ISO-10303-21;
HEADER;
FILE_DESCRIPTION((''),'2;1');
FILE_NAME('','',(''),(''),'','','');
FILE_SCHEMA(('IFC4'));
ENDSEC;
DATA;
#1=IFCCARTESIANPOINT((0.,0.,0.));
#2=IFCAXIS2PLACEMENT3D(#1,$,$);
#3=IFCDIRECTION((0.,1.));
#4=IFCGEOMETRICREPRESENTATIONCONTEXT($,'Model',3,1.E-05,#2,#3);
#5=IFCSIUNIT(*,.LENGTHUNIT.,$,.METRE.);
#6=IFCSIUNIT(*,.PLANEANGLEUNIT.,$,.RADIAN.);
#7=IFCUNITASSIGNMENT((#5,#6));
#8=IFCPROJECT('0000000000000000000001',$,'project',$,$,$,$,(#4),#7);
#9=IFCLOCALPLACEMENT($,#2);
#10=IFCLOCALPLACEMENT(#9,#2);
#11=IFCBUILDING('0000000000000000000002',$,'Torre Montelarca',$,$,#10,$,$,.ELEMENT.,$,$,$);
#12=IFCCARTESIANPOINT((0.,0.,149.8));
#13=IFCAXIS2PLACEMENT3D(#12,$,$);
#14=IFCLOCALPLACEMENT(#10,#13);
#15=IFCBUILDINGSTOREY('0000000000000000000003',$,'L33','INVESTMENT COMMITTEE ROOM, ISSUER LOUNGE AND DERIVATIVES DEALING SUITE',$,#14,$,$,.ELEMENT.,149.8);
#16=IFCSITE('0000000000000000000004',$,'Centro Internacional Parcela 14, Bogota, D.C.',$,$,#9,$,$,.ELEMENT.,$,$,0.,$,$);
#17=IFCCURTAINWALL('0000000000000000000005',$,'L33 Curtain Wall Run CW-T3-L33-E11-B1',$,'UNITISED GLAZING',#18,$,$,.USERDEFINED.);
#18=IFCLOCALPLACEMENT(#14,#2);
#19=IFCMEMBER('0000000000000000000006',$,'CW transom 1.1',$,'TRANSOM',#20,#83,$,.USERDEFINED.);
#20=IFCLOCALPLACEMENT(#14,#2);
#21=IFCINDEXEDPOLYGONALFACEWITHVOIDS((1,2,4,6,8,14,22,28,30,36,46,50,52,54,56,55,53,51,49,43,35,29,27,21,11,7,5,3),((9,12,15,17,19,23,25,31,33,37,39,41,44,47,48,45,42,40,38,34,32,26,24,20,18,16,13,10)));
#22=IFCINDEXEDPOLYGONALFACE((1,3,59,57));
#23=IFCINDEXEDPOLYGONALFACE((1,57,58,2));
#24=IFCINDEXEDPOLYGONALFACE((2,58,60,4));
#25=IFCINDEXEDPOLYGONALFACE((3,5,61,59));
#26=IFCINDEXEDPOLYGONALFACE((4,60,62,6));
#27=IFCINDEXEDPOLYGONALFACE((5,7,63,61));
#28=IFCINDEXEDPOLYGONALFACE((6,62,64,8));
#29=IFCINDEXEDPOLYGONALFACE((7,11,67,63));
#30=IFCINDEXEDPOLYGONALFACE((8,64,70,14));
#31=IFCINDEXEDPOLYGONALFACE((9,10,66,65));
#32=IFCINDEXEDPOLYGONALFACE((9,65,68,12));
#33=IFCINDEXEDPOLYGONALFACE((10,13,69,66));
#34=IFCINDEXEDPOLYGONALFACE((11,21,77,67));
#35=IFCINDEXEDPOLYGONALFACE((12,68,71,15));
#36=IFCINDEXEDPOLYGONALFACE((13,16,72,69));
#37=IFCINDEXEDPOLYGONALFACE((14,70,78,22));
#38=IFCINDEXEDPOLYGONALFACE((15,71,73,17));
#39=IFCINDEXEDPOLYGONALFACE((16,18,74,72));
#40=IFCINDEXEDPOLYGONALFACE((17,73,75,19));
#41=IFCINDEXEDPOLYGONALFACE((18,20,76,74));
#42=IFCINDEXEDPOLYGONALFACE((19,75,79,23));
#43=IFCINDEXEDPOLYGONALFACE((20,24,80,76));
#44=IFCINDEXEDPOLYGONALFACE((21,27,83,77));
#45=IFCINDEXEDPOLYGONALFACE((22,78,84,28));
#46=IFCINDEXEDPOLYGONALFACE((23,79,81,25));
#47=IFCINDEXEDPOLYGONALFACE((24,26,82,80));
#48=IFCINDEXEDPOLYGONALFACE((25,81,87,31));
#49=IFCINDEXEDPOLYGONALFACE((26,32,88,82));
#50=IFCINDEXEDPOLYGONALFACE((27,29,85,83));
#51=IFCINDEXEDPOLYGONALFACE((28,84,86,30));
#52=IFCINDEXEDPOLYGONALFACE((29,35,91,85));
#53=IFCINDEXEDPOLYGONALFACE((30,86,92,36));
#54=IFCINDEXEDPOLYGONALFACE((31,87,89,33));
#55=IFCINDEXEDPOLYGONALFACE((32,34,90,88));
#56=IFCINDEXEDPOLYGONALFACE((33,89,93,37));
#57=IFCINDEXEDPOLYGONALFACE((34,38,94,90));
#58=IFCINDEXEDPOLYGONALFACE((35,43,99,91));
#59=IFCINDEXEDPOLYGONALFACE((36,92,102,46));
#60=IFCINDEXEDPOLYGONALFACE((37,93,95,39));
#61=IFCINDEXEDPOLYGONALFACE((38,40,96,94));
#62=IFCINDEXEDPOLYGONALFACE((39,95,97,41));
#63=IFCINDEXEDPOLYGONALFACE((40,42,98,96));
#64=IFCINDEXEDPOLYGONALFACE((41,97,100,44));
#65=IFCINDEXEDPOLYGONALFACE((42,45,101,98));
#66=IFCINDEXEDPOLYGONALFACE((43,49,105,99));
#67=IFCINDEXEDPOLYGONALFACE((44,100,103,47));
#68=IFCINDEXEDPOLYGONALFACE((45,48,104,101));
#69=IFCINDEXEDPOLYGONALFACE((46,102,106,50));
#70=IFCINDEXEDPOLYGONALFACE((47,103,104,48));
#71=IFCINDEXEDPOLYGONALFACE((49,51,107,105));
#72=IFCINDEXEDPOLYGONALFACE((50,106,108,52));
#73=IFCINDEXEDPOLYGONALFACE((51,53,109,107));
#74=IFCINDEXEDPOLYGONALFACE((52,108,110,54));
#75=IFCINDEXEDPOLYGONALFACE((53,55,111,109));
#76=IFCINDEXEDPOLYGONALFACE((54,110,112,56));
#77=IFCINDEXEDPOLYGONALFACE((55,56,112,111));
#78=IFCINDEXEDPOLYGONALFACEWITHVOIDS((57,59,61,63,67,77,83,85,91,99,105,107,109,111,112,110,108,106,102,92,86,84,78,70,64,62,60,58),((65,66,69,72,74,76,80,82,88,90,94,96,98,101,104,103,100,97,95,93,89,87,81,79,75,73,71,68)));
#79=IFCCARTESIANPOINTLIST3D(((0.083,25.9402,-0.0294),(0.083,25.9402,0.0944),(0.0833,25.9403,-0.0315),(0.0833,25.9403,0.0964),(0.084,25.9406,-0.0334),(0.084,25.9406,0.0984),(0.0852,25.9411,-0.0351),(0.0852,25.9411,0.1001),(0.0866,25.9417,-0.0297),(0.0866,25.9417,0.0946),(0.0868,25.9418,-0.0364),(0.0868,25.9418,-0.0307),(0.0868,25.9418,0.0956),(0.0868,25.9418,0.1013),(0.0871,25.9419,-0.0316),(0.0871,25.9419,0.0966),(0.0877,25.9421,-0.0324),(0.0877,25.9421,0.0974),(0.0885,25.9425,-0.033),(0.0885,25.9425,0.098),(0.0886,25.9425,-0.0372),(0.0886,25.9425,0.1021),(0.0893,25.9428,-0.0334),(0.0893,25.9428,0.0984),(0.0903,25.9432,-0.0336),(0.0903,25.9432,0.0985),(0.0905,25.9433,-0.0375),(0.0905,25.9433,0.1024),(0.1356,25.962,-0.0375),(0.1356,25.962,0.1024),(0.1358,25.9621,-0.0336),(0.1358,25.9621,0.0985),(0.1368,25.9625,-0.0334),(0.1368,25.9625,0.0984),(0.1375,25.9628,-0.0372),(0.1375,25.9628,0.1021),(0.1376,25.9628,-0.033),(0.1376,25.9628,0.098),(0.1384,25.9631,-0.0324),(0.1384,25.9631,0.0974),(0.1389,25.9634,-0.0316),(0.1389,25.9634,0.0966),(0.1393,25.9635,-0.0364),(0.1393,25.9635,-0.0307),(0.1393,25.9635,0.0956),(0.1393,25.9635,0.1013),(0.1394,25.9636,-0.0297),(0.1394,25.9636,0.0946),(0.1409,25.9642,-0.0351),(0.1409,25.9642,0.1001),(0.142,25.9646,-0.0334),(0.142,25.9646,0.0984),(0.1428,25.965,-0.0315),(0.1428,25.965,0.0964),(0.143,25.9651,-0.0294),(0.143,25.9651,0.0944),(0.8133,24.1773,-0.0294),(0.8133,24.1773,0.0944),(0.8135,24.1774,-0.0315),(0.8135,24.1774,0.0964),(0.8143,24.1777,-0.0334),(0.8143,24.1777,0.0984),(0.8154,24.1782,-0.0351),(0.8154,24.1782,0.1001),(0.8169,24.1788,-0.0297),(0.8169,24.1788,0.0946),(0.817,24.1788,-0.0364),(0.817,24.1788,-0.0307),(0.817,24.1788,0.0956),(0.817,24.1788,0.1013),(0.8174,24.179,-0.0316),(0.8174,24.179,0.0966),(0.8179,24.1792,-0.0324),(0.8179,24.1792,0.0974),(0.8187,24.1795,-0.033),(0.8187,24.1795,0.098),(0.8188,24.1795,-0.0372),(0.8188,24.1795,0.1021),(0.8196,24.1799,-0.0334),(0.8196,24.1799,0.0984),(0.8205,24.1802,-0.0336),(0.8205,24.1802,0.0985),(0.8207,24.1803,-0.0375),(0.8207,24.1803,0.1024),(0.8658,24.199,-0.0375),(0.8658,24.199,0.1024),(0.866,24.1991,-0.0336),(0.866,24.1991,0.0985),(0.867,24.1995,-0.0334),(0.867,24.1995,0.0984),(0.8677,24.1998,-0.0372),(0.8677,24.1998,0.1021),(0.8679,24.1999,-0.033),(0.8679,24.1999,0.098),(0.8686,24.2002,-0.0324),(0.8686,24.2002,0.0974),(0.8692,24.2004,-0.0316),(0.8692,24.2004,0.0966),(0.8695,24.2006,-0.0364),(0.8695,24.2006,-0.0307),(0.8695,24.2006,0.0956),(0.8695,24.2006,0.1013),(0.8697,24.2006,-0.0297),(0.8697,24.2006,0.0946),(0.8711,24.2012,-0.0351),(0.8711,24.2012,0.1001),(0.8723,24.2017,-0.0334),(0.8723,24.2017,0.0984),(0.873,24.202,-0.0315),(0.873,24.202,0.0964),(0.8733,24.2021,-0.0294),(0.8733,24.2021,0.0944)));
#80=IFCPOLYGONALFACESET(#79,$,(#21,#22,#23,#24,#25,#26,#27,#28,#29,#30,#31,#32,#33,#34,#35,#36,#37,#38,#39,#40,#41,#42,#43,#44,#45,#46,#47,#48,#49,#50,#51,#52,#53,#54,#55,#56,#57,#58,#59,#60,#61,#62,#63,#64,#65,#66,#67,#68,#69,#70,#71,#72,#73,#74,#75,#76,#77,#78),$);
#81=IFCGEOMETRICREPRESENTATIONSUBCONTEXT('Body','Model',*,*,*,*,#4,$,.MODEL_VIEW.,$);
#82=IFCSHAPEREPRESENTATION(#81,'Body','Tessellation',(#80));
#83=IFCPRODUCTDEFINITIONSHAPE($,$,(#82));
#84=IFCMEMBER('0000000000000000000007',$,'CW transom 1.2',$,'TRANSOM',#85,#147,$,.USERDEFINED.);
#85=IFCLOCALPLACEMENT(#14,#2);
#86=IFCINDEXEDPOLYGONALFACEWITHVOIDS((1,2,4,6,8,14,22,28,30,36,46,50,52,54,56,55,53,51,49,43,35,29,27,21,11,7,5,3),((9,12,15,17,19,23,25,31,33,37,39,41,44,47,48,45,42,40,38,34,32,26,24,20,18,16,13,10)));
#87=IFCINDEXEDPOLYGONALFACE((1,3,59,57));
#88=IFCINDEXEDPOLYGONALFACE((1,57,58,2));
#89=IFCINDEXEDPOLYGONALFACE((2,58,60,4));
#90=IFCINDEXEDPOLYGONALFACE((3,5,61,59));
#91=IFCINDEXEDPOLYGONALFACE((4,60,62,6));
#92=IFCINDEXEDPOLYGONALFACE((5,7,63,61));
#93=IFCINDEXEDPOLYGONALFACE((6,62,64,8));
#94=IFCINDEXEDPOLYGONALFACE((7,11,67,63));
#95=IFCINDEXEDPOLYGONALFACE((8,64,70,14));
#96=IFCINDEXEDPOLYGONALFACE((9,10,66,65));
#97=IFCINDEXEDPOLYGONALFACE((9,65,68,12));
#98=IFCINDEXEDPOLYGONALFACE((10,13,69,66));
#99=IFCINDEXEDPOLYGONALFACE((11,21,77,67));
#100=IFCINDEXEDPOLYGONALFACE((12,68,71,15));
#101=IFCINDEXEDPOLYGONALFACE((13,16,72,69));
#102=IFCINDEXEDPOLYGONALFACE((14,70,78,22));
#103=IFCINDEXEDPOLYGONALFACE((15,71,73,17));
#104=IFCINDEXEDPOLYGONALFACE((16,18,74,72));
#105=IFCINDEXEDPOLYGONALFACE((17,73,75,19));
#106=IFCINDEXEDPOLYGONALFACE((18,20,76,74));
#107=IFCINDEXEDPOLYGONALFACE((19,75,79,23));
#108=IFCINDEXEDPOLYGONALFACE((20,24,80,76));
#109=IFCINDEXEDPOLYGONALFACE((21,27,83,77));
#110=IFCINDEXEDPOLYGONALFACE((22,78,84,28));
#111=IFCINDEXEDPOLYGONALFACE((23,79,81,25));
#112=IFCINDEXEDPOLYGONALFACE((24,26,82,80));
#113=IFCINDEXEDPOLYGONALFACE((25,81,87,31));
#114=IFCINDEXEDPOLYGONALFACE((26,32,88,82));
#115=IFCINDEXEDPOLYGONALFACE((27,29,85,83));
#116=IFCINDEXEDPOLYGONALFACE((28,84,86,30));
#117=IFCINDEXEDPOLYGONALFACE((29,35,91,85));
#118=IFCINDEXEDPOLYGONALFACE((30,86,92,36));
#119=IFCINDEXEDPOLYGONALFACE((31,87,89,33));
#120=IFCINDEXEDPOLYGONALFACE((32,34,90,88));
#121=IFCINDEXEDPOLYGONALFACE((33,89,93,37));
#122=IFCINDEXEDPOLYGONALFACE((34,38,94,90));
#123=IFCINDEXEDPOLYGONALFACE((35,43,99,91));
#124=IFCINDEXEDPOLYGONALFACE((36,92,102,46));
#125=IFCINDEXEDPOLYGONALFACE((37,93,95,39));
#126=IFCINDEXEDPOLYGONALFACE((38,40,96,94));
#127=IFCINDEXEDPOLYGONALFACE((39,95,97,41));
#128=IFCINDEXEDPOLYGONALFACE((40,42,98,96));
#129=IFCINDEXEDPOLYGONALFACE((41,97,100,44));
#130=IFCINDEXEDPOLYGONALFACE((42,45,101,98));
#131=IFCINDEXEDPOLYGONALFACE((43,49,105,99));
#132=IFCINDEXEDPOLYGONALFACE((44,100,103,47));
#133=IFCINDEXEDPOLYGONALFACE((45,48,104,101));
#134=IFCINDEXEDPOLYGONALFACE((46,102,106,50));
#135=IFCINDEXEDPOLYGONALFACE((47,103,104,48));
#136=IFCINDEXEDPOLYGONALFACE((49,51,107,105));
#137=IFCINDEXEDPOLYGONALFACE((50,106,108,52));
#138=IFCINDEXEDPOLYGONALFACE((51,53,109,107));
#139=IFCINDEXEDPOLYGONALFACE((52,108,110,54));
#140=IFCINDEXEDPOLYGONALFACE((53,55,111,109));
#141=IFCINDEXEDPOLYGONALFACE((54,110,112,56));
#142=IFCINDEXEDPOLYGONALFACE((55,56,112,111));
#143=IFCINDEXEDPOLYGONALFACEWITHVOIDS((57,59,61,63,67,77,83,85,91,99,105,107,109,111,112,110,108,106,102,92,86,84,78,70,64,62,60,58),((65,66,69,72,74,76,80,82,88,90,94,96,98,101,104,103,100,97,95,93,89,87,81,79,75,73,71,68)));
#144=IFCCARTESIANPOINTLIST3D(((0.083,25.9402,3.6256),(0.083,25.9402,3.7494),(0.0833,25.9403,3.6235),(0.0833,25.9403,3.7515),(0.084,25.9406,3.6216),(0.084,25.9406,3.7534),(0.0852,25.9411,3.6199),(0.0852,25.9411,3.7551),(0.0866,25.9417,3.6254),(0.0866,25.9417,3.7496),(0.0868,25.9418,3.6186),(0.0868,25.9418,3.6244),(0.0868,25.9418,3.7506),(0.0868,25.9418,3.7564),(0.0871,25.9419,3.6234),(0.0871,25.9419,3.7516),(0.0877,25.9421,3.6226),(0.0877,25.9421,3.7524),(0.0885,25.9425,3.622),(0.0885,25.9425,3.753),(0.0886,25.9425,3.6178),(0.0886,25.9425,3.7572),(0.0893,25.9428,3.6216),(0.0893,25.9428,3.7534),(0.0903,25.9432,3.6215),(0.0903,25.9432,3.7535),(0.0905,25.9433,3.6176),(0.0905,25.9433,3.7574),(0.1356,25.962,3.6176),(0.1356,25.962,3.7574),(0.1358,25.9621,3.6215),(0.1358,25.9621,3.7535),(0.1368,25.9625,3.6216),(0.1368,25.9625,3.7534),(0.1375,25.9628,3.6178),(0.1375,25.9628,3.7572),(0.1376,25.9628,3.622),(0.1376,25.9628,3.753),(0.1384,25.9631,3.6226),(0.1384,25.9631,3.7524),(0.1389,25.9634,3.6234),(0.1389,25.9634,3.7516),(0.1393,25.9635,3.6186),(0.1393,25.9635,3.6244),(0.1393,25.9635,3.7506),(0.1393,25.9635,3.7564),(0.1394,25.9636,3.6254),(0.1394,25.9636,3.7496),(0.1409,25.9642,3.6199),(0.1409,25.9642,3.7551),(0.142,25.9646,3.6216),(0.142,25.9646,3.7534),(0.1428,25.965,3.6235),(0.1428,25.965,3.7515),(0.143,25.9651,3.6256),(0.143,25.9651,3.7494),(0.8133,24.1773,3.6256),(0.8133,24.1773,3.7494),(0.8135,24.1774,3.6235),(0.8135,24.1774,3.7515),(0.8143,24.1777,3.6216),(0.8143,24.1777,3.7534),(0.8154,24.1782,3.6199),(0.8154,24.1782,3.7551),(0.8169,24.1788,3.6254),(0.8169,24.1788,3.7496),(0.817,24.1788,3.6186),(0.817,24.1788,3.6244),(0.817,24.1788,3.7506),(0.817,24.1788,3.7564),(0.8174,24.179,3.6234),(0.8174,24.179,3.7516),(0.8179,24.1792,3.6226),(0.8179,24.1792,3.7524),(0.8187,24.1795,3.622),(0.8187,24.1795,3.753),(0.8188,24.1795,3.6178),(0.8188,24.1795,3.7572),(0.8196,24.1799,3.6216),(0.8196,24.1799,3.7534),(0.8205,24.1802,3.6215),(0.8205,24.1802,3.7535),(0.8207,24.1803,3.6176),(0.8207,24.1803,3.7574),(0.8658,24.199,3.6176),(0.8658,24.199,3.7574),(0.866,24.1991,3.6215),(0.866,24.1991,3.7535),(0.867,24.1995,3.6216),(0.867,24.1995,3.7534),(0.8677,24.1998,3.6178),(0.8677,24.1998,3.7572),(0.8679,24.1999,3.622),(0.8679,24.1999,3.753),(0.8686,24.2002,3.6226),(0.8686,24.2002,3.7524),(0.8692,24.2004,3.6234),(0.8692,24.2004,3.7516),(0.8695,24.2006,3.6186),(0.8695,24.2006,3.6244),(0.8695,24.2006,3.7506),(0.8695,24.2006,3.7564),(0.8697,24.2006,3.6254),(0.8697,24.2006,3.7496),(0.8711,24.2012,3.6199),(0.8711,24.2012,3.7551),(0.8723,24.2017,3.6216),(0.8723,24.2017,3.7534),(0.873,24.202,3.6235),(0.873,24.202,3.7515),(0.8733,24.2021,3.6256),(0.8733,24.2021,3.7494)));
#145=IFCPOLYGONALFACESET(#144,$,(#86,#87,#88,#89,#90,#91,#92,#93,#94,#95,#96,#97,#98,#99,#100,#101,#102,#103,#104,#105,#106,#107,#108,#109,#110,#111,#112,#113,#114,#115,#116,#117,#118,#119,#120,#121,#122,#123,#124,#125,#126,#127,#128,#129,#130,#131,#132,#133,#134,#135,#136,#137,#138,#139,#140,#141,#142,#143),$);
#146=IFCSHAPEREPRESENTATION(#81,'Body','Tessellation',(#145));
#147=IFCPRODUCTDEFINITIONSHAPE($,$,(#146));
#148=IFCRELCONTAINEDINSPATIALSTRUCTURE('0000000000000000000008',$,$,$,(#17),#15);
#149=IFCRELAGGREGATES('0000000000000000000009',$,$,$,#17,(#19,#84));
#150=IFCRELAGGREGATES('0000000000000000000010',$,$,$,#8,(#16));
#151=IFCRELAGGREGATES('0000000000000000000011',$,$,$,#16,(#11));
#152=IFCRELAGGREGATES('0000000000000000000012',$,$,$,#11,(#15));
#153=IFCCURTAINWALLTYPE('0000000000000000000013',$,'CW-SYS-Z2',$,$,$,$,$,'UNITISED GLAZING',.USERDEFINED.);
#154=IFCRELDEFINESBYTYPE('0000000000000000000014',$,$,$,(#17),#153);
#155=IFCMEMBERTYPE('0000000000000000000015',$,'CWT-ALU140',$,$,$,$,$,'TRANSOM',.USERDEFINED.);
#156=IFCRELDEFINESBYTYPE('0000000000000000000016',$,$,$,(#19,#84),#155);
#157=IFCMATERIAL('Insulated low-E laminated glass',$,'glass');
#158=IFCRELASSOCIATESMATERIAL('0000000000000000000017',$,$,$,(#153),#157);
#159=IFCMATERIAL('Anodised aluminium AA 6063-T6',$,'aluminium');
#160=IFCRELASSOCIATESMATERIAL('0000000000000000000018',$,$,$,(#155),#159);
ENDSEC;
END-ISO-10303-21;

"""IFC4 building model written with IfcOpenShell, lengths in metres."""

from ifc_helpers import new_model, si_unit, direction, frame, origin, origin_2d, place, context, subcontext, project, spatial, hollow_rectangle, extrude, source, transform, mapped, material, material_profile, profile_set, type_object, element, aggregate, save


model = new_model("IFC4")

# Units and contexts
model_context = context("Model", 3, precision=1e-05, world=origin(), true_north=direction((0.0, 1.0)))
body_context = subcontext(model_context, "Body", "Model", "MODEL_VIEW")
ifc_project = project(units=[si_unit("LENGTHUNIT", "METRE"), si_unit("PLANEANGLEUNIT", "RADIAN")], contexts=[model_context])

# Site, building, storey
site_placement = place(None, origin())
site = spatial("IfcSite", under=ifc_project, at=site_placement, Name="Centro Internacional Parcela 14, Bogota, D.C.", CompositionType="ELEMENT", RefElevation=0.0)
building_placement = place(site_placement, origin())
building = spatial("IfcBuilding", under=site, at=building_placement, Name="Torre Montelarca", CompositionType="ELEMENT")
storey_placement = place(building_placement, frame((0.0, 0.0, 149.8)))
storey = spatial("IfcBuildingStorey", under=building, at=storey_placement, Name="L33", Description="INVESTMENT COMMITTEE ROOM, ISSUER LOUNGE AND DERIVATIVES DEALING SUITE", CompositionType="ELEMENT", Elevation=149.8)

# Curtain wall
ifc_material_1 = material(Name="Insulated low-E laminated glass", Category="glass")
curtain_wall_type = type_object("IfcCurtainWallType", Name="CW-SYS-Z2", ElementType="UNITISED GLAZING", PredefinedType="USERDEFINED", material=ifc_material_1)
curtain_wall_1_placement = place(storey_placement, origin())
curtain_wall_1 = element("IfcCurtainWall", 1, at=curtain_wall_1_placement, inside=storey, type_object=curtain_wall_type, Name="L33 Curtain Wall Run CW-T3-L33-E11-B1", ObjectType="UNITISED GLAZING", PredefinedType="USERDEFINED")
ifc_material_2 = material(Name="Anodised aluminium AA 6063-T6", Category="aluminium")
ifc_material_profile_1 = material_profile(ifc_material_2, hollow_rectangle(XDim=0.0649, YDim=0.1399, WallThickness=0.0039, InnerFilletRadius=0.0039, OuterFilletRadius=0.0081, at=origin_2d()), Name="ALU65X140X4", Category="aluminium")
ifc_profile_set_1 = profile_set([ifc_material_profile_1], Name="Anodised aluminium AA 6063-T6")
member_type_1 = type_object("IfcMemberType", Name="CWT-ALU140", ElementType="TRANSOM", PredefinedType="USERDEFINED", material=ifc_profile_set_1)

# Members
shared_shape_1 = source(origin(), body_context, "Body", "SweptSolid", [
    extrude(hollow_rectangle(XDim=0.0649, YDim=0.1399, WallThickness=0.0039, InnerFilletRadius=0.0039, OuterFilletRadius=0.0081, at=origin_2d()), origin(), (0.0, 0.0, 1.0), 1.9082),
])
member_1_placement = place(storey_placement, frame((0.113, 25.9526, 0.0325), z_axis=(0.382679, -0.923881, 0.0), x_axis=(0.923881, 0.382679, 0.0)))
member_1 = element("IfcMember", 2, at=member_1_placement, type_object=member_type_1, Name="CW transom 1.1", ObjectType="TRANSOM", PredefinedType="USERDEFINED", context=body_context, shape_type="MappedRepresentation", body=[
    mapped(shared_shape_1, transform((0.0, 0.0, 0.0), scale=1.0)),
])
member_2_placement = place(storey_placement, frame((0.113, 25.9526, 3.6875), z_axis=(0.382679, -0.923881, 0.0), x_axis=(0.923881, 0.382679, 0.0)))
member_2 = element("IfcMember", 3, at=member_2_placement, type_object=member_type_1, Name="CW transom 1.2", ObjectType="TRANSOM", PredefinedType="USERDEFINED", context=body_context, shape_type="MappedRepresentation", body=[
    mapped(shared_shape_1, transform((0.0, 0.0, 0.0), scale=1.0)),
])

aggregate(curtain_wall_1, [member_1, member_2])

save(model, "model.ifc")
